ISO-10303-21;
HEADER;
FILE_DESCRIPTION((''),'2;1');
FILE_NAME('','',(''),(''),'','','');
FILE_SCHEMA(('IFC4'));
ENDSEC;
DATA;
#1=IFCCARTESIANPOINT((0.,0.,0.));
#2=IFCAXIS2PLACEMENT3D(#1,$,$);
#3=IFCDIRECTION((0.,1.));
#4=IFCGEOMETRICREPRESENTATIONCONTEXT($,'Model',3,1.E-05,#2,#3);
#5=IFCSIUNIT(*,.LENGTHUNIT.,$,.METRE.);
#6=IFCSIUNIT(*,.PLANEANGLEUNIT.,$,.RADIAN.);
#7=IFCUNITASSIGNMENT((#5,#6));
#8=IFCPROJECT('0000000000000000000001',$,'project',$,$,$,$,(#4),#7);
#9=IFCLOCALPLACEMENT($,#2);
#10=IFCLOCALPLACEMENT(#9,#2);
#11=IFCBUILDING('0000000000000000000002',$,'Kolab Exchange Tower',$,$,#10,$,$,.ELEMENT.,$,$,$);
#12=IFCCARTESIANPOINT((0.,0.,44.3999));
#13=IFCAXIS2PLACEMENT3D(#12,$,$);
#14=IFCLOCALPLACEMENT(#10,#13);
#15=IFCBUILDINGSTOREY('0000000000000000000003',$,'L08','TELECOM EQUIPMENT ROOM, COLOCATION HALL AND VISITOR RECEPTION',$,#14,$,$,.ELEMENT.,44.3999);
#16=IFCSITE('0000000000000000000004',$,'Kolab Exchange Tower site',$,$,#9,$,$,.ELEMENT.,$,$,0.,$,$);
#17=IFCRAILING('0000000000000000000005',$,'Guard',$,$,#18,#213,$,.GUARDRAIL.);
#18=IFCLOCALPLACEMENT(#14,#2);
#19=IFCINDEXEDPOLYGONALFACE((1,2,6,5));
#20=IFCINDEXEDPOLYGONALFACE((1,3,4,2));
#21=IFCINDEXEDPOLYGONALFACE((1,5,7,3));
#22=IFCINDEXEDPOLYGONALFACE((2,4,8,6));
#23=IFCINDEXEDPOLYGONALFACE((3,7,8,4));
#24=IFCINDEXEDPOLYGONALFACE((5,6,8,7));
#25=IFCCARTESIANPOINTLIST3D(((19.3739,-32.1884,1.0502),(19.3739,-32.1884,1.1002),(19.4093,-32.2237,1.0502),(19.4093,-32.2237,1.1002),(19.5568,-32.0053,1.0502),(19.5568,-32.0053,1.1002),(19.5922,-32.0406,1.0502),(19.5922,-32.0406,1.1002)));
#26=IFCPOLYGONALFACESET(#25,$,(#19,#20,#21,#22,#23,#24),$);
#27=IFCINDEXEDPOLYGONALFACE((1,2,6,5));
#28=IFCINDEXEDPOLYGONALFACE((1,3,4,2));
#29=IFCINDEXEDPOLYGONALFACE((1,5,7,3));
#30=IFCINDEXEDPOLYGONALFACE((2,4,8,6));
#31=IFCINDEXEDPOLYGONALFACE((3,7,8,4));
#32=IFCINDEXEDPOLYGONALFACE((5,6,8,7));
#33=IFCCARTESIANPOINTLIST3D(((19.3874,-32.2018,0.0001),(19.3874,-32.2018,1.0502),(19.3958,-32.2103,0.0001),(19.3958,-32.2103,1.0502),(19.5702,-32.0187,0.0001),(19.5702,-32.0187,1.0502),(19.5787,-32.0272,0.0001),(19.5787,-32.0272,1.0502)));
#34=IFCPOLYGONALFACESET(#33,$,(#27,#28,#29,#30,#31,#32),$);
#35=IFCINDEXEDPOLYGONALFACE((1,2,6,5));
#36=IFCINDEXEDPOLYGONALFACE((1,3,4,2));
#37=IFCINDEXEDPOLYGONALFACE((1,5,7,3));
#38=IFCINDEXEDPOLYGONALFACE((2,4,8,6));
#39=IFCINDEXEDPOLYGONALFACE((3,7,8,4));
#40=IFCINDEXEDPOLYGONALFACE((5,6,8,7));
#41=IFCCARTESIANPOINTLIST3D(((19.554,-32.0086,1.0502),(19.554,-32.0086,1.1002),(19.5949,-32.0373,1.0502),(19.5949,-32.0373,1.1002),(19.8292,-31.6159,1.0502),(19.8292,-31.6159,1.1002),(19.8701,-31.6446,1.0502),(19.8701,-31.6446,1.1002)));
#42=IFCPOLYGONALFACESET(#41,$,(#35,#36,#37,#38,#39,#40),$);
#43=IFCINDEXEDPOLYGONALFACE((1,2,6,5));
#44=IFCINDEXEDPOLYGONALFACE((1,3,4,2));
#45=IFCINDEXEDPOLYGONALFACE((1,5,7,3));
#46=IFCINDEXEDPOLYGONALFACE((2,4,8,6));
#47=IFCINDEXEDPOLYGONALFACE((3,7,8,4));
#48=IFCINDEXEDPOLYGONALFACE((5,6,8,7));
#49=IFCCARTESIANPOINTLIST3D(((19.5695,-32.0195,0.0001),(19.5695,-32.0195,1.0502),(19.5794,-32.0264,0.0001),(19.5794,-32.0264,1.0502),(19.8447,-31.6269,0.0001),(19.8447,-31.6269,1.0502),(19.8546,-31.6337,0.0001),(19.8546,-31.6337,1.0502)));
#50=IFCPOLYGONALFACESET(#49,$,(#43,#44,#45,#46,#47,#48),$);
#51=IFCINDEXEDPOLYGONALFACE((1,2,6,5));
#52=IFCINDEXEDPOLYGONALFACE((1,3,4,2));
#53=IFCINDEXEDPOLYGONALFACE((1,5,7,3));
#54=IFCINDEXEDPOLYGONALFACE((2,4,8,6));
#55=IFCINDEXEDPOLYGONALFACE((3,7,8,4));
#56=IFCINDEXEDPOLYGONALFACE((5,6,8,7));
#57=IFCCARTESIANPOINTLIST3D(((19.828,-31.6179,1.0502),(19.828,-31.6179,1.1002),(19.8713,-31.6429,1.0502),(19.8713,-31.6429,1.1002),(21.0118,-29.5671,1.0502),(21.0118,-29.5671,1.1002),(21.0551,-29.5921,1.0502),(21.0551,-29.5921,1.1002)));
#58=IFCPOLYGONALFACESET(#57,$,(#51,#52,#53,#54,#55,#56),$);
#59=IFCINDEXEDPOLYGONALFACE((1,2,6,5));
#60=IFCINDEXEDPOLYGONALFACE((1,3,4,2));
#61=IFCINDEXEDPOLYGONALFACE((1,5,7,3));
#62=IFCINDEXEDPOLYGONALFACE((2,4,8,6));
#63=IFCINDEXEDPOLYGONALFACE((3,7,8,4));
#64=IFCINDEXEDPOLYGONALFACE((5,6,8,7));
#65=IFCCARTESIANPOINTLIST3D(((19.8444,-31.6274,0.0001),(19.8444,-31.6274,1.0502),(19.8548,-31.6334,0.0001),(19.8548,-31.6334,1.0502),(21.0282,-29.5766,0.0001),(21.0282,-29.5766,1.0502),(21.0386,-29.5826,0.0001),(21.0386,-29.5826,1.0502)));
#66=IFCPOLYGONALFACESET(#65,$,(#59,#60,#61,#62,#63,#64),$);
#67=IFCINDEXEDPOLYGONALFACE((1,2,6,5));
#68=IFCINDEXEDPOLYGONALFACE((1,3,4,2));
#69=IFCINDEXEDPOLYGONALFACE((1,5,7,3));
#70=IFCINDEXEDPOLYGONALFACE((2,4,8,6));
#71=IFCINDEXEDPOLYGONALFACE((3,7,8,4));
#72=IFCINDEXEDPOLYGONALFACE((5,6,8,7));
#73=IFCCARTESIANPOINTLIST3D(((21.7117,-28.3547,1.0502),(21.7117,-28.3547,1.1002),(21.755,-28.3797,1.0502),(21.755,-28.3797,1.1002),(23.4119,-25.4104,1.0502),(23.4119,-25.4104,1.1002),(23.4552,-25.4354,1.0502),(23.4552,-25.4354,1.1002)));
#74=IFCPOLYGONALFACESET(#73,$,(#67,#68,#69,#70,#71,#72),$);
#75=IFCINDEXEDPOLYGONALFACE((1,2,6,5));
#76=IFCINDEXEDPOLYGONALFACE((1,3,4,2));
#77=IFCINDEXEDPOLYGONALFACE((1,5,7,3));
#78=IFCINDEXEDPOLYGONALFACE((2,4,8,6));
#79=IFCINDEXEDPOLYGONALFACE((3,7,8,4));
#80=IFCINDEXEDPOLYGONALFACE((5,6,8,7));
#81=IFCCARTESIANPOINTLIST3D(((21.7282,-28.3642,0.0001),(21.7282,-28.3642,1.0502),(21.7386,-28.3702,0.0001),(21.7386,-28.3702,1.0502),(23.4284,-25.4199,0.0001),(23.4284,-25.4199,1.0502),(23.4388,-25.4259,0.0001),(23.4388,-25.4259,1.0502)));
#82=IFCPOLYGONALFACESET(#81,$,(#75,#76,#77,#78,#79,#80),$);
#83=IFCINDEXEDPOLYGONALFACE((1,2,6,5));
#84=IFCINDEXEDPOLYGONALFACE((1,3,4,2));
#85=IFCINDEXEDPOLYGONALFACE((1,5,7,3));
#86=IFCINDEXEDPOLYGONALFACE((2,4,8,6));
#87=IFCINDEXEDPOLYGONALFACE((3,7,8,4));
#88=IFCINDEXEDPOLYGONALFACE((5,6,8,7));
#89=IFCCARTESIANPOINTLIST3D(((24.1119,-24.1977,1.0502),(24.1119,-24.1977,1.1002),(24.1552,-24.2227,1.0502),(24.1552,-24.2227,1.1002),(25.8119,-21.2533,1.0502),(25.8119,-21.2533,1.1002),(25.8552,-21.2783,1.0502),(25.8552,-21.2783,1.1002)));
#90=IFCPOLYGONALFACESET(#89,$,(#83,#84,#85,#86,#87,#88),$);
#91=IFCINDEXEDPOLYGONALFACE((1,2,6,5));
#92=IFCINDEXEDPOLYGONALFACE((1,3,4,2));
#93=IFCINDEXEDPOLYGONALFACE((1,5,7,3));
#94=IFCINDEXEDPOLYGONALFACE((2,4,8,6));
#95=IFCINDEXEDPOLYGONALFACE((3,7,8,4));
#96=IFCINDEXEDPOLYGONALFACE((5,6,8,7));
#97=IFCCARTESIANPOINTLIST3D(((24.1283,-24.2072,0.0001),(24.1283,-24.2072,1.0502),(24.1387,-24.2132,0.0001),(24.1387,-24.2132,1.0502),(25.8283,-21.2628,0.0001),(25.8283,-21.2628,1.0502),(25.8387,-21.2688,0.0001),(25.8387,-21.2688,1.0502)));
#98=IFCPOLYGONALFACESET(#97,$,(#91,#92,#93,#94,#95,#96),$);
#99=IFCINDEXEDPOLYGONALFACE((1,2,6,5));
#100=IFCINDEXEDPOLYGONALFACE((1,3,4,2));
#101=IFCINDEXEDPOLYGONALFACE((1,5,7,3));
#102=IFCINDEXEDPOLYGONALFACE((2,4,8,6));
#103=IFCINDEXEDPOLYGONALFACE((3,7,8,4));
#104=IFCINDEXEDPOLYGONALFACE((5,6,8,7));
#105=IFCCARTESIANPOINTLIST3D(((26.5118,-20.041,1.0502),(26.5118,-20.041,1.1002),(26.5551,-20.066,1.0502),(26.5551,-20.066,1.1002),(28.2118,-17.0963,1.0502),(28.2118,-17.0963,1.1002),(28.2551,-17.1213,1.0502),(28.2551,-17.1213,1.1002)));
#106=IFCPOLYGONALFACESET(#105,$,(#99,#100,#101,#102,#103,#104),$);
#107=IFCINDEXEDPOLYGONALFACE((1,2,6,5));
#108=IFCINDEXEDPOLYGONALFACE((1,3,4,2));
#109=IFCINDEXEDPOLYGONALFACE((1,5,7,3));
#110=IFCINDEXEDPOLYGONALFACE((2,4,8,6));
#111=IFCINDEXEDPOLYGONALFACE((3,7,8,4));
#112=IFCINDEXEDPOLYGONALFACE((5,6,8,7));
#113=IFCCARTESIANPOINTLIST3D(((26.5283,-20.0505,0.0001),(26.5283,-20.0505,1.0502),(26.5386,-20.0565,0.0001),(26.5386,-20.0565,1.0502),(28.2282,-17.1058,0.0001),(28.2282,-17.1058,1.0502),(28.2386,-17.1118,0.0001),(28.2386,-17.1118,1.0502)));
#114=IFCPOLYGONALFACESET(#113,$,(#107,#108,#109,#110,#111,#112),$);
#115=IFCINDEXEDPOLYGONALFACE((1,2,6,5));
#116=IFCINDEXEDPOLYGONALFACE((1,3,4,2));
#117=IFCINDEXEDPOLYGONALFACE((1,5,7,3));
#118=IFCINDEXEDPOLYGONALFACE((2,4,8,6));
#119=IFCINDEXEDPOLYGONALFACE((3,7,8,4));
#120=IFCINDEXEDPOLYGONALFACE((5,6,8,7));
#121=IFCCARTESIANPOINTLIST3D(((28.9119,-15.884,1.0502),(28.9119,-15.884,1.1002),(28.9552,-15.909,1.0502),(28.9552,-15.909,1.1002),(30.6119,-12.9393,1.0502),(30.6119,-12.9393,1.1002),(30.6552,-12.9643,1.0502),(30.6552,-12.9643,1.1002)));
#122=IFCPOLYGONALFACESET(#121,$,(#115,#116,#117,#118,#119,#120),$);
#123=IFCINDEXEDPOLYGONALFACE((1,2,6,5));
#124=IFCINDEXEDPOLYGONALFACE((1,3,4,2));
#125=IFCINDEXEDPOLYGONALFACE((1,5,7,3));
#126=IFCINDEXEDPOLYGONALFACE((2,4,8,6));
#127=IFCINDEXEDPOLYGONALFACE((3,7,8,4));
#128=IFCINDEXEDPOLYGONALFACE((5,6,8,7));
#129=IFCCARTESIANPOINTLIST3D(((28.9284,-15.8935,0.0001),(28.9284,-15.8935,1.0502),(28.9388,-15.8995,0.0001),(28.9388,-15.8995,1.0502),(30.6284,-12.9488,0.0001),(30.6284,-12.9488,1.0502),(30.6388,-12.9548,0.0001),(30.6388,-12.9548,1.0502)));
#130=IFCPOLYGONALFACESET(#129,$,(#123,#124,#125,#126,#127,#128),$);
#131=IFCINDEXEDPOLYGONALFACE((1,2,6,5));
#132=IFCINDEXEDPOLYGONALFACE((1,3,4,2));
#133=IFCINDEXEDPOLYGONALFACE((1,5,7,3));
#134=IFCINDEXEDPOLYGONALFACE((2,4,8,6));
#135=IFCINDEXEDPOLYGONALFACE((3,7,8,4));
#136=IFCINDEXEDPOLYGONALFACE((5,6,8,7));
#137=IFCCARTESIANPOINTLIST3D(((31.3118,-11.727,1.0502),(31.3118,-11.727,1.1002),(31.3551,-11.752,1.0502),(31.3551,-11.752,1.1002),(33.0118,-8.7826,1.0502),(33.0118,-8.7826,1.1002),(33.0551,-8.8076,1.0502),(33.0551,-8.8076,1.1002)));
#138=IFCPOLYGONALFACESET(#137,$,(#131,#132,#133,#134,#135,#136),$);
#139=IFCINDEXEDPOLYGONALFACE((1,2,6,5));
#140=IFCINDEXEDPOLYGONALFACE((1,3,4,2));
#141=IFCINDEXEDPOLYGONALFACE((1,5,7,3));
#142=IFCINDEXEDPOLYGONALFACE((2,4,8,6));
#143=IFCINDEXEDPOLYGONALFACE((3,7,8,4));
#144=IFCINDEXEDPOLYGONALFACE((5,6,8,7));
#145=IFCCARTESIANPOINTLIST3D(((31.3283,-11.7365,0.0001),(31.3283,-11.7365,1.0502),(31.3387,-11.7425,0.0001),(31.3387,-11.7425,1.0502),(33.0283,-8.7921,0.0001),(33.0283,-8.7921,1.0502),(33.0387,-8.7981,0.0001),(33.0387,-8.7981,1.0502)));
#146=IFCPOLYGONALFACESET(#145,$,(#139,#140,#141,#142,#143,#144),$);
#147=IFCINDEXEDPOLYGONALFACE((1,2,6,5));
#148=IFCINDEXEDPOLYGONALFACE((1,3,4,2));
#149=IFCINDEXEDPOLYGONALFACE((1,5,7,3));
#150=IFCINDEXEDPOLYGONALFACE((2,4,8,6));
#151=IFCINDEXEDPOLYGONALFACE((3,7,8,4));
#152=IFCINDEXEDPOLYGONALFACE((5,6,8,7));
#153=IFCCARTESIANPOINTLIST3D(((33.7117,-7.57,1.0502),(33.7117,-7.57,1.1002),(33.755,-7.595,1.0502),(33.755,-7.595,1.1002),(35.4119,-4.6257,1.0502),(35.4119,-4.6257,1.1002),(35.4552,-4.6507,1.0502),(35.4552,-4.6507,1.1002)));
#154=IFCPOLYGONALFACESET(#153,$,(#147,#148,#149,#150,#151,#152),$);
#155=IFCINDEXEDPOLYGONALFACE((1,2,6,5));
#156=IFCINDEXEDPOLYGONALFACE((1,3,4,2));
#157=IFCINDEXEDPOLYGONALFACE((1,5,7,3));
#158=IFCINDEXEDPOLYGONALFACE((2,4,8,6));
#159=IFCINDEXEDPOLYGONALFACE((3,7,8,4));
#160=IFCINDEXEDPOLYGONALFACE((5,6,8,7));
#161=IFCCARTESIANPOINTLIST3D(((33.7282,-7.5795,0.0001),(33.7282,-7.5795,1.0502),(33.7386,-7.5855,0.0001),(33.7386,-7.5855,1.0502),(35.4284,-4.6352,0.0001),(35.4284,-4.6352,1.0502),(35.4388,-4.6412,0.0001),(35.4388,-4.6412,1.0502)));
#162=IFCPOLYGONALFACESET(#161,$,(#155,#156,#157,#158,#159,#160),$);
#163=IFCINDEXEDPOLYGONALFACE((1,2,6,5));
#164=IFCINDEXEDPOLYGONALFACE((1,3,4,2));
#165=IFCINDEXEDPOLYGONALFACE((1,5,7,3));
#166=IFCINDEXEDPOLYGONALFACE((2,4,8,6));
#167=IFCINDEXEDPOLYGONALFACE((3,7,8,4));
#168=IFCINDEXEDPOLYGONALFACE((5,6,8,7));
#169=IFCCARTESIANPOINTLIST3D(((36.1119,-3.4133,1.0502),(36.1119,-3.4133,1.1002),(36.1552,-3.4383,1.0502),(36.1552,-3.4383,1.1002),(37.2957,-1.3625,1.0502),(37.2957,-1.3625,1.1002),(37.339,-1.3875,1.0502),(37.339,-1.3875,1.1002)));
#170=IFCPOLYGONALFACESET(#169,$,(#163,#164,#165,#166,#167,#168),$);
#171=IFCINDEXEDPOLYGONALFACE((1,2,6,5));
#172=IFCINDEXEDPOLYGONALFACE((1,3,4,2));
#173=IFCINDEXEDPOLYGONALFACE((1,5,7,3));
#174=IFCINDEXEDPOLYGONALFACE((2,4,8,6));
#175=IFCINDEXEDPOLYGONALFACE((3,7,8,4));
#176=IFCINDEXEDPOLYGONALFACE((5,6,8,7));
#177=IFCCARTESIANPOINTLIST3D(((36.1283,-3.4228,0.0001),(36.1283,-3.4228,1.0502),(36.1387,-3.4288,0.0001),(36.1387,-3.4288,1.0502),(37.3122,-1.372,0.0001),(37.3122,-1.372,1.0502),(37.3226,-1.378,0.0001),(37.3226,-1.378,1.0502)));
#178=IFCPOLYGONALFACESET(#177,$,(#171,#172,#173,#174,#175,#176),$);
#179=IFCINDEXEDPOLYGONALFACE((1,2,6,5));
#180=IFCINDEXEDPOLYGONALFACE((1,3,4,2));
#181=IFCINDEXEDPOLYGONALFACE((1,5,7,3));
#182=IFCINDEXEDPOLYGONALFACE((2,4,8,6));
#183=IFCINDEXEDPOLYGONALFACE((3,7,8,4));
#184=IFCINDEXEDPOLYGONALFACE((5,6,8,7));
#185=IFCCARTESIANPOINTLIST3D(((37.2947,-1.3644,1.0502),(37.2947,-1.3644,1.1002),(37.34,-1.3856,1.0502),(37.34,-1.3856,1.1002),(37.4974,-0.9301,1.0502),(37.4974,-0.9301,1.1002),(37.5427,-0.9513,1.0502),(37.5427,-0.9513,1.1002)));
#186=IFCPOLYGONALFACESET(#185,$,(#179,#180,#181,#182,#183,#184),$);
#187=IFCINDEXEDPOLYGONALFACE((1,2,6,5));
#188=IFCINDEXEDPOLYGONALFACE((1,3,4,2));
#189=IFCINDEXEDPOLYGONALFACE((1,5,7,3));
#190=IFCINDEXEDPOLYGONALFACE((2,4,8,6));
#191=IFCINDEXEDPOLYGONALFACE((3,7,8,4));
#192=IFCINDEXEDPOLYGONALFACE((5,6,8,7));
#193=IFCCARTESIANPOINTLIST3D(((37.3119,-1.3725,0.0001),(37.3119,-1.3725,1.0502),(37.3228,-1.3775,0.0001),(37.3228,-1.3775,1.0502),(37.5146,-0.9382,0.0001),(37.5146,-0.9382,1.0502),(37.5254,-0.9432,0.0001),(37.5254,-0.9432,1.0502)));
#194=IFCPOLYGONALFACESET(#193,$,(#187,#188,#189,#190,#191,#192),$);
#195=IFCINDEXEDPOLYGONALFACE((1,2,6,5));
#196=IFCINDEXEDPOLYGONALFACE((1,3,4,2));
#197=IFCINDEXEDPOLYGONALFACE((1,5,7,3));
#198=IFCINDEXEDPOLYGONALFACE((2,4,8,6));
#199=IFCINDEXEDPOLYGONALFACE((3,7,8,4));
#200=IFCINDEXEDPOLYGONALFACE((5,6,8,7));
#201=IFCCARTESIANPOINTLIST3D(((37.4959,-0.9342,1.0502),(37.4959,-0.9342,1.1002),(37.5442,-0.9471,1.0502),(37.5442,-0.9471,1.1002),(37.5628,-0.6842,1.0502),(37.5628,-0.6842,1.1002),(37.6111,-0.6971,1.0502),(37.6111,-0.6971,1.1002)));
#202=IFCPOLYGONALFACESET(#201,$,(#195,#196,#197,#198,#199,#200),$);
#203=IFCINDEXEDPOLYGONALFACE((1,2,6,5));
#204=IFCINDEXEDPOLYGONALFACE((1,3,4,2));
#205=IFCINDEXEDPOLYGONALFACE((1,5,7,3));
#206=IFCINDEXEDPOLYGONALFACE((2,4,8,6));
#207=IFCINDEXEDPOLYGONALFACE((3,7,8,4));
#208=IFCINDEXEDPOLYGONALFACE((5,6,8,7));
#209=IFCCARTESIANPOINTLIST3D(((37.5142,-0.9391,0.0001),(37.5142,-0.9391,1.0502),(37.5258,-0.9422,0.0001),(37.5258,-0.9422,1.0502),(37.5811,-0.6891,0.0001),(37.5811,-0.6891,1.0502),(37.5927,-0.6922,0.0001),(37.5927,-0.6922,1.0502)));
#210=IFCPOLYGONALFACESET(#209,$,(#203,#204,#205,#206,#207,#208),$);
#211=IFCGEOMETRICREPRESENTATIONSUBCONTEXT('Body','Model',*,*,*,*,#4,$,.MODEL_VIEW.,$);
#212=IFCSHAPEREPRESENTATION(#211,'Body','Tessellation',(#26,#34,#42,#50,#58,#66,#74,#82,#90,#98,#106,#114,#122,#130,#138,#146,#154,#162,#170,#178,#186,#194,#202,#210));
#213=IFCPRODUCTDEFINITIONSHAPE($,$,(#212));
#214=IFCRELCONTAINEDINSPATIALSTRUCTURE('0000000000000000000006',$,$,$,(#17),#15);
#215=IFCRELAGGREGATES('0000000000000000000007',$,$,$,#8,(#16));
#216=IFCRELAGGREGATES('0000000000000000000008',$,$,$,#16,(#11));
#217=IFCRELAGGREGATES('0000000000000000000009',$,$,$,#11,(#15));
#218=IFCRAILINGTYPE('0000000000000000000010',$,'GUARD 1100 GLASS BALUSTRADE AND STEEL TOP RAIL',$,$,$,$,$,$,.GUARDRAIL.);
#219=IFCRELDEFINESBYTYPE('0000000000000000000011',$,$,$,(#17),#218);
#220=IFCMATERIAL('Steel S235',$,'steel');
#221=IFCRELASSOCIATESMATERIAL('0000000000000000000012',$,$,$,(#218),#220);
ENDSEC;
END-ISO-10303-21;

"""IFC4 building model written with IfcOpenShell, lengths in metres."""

from ifc_helpers import new_model, si_unit, direction, frame, frame_2d, origin, origin_2d, place, context, subcontext, project, spatial, rectangle, extrude, material, type_object, element, save


model = new_model("IFC4")

# Units and contexts
model_context = context("Model", 3, precision=1e-05, world=origin(), true_north=direction((0.0, 1.0)))
body_context = subcontext(model_context, "Body", "Model", "MODEL_VIEW")
ifc_project = project(units=[si_unit("LENGTHUNIT", "METRE"), si_unit("PLANEANGLEUNIT", "RADIAN")], contexts=[model_context])

# Site, building, storey
site_placement = place(None, origin())
site = spatial("IfcSite", under=ifc_project, at=site_placement, Name="Kolab Exchange Tower site", CompositionType="ELEMENT", RefElevation=0.0)
building_placement = place(site_placement, origin())
building = spatial("IfcBuilding", under=site, at=building_placement, Name="Kolab Exchange Tower", CompositionType="ELEMENT")
storey_placement = place(building_placement, frame((0.0, 0.0, 44.3999)))
storey = spatial("IfcBuildingStorey", under=building, at=storey_placement, Name="L08", Description="TELECOM EQUIPMENT ROOM, COLOCATION HALL AND VISITOR RECEPTION", CompositionType="ELEMENT", Elevation=44.3999)

# Railing
ifc_material_1 = material(Name="Steel S235", Category="steel")
railing_type = type_object("IfcRailingType", Name="GUARD 1100 GLASS BALUSTRADE AND STEEL TOP RAIL", PredefinedType="GUARDRAIL", material=ifc_material_1)
railing_placement = place(storey_placement, frame((19.3916, -32.2061, 0.0)))
element("IfcRailing", 1, at=railing_placement, inside=storey, type_object=railing_type, Name="Guard", PredefinedType="GUARDRAIL", context=body_context, shape_type="SweptSolid", body=[
    extrude(rectangle(XDim=0.05, YDim=0.05, at=origin_2d()), frame((0.0, 0.0, 1.0752), z_axis=(0.706635, 0.707578, 0.0), x_axis=(-0.707578, 0.706635, 0.0)), (0.0, 0.0, 1.0), 0.2588),
    extrude(rectangle(XDim=0.012, YDim=1.0501, at=frame_2d((0.0, 0.5251))), frame((0.0, 0.0, 0.0), z_axis=(0.706635, 0.707578, 0.0), x_axis=(-0.707578, 0.706635, 0.0)), (0.0, 0.0, 1.0), 0.2588),
    extrude(rectangle(XDim=0.05, YDim=0.05, at=origin_2d()), frame((0.1829, 0.1831, 1.0752), z_axis=(0.573941, 0.818897, 0.0), x_axis=(-0.818897, 0.573941, 0.0)), (0.0, 0.0, 1.0), 0.4795),
    extrude(rectangle(XDim=0.012, YDim=1.0501, at=frame_2d((0.0, 0.5251))), frame((0.1829, 0.1831, 0.0), z_axis=(0.573941, 0.818897, 0.0), x_axis=(-0.818897, 0.573941, 0.0)), (0.0, 0.0, 1.0), 0.4795),
    extrude(rectangle(XDim=0.05, YDim=0.05, at=origin_2d()), frame((0.458, 0.5757, 1.0752), z_axis=(0.499943, 0.866059, 0.0), x_axis=(-0.866059, 0.499943, 0.0)), (0.0, 0.0, 1.0), 2.3679),
    extrude(rectangle(XDim=0.012, YDim=1.0501, at=frame_2d((0.0, 0.5251))), frame((0.458, 0.5757, 0.0), z_axis=(0.499943, 0.866059, 0.0), x_axis=(-0.866059, 0.499943, 0.0)), (0.0, 0.0, 1.0), 2.3679),
    extrude(rectangle(XDim=0.05, YDim=0.05, at=origin_2d()), frame((2.3418, 3.8389, 1.0752), z_axis=(0.500062, 0.865989, 0.0), x_axis=(-0.865989, 0.500062, 0.0)), (0.0, 0.0, 1.0), 3.3999),
    extrude(rectangle(XDim=0.012, YDim=1.0501, at=frame_2d((0.0, 0.5251))), frame((2.3418, 3.8389, 0.0), z_axis=(0.500062, 0.865989, 0.0), x_axis=(-0.865989, 0.500062, 0.0)), (0.0, 0.0, 1.0), 3.3999),
    extrude(rectangle(XDim=0.05, YDim=0.05, at=origin_2d()), frame((4.7419, 7.9958, 1.0752), z_axis=(0.500008, 0.866021, 0.0), x_axis=(-0.866021, 0.500008, 0.0)), (0.0, 0.0, 1.0), 3.3999),
    extrude(rectangle(XDim=0.012, YDim=1.0501, at=frame_2d((0.0, 0.5251))), frame((4.7419, 7.9958, 0.0), z_axis=(0.500008, 0.866021, 0.0), x_axis=(-0.866021, 0.500008, 0.0)), (0.0, 0.0, 1.0), 3.3999),
    extrude(rectangle(XDim=0.05, YDim=0.05, at=origin_2d()), frame((7.1418, 12.1526, 1.0752), z_axis=(0.499977, 0.866039, 0.0), x_axis=(-0.866039, 0.499977, 0.0)), (0.0, 0.0, 1.0), 3.4001),
    extrude(rectangle(XDim=0.012, YDim=1.0501, at=frame_2d((0.0, 0.5251))), frame((7.1418, 12.1526, 0.0), z_axis=(0.499977, 0.866039, 0.0), x_axis=(-0.866039, 0.499977, 0.0)), (0.0, 0.0, 1.0), 3.4001),
    extrude(rectangle(XDim=0.05, YDim=0.05, at=origin_2d()), frame((9.542, 16.3096, 1.0752), z_axis=(0.499977, 0.866039, 0.0), x_axis=(-0.866039, 0.499977, 0.0)), (0.0, 0.0, 1.0), 3.4001),
    extrude(rectangle(XDim=0.012, YDim=1.0501, at=frame_2d((0.0, 0.5251))), frame((9.542, 16.3096, 0.0), z_axis=(0.499977, 0.866039, 0.0), x_axis=(-0.866039, 0.499977, 0.0)), (0.0, 0.0, 1.0), 3.4001),
    extrude(rectangle(XDim=0.05, YDim=0.05, at=origin_2d()), frame((11.9419, 20.4666, 1.0752), z_axis=(0.500008, 0.866021, 0.0), x_axis=(-0.866021, 0.500008, 0.0)), (0.0, 0.0, 1.0), 3.3999),
    extrude(rectangle(XDim=0.012, YDim=1.0501, at=frame_2d((0.0, 0.5251))), frame((11.9419, 20.4666, 0.0), z_axis=(0.500008, 0.866021, 0.0), x_axis=(-0.866021, 0.500008, 0.0)), (0.0, 0.0, 1.0), 3.3999),
    extrude(rectangle(XDim=0.05, YDim=0.05, at=origin_2d()), frame((14.3418, 24.6235, 1.0752), z_axis=(0.500062, 0.865989, 0.0), x_axis=(-0.865989, 0.500062, 0.0)), (0.0, 0.0, 1.0), 3.3999),
    extrude(rectangle(XDim=0.012, YDim=1.0501, at=frame_2d((0.0, 0.5251))), frame((14.3418, 24.6235, 0.0), z_axis=(0.500062, 0.865989, 0.0), x_axis=(-0.865989, 0.500062, 0.0)), (0.0, 0.0, 1.0), 3.3999),
    extrude(rectangle(XDim=0.05, YDim=0.05, at=origin_2d()), frame((16.7419, 28.7803, 1.0752), z_axis=(0.499943, 0.866059, 0.0), x_axis=(-0.866059, 0.499943, 0.0)), (0.0, 0.0, 1.0), 2.3679),
    extrude(rectangle(XDim=0.012, YDim=1.0501, at=frame_2d((0.0, 0.5251))), frame((16.7419, 28.7803, 0.0), z_axis=(0.499943, 0.866059, 0.0), x_axis=(-0.866059, 0.499943, 0.0)), (0.0, 0.0, 1.0), 2.3679),
    extrude(rectangle(XDim=0.05, YDim=0.05, at=origin_2d()), frame((17.9258, 30.8311, 1.0752), z_axis=(0.422802, 0.906222, 0.0), x_axis=(-0.906222, 0.422802, 0.0)), (0.0, 0.0, 1.0), 0.4792),
    extrude(rectangle(XDim=0.012, YDim=1.0501, at=frame_2d((0.0, 0.5251))), frame((17.9258, 30.8311, 0.0), z_axis=(0.422802, 0.906222, 0.0), x_axis=(-0.906222, 0.422802, 0.0)), (0.0, 0.0, 1.0), 0.4792),
    extrude(rectangle(XDim=0.05, YDim=0.05, at=origin_2d()), frame((18.1284, 31.2654, 1.0752), z_axis=(0.258485, 0.966015, 0.0), x_axis=(-0.966015, 0.258485, 0.0)), (0.0, 0.0, 1.0), 0.2588),
    extrude(rectangle(XDim=0.012, YDim=1.0501, at=frame_2d((0.0, 0.5251))), frame((18.1284, 31.2654, 0.0), z_axis=(0.258485, 0.966015, 0.0), x_axis=(-0.966015, 0.258485, 0.0)), (0.0, 0.0, 1.0), 0.2588),
])

save(model, "model.ifc")
